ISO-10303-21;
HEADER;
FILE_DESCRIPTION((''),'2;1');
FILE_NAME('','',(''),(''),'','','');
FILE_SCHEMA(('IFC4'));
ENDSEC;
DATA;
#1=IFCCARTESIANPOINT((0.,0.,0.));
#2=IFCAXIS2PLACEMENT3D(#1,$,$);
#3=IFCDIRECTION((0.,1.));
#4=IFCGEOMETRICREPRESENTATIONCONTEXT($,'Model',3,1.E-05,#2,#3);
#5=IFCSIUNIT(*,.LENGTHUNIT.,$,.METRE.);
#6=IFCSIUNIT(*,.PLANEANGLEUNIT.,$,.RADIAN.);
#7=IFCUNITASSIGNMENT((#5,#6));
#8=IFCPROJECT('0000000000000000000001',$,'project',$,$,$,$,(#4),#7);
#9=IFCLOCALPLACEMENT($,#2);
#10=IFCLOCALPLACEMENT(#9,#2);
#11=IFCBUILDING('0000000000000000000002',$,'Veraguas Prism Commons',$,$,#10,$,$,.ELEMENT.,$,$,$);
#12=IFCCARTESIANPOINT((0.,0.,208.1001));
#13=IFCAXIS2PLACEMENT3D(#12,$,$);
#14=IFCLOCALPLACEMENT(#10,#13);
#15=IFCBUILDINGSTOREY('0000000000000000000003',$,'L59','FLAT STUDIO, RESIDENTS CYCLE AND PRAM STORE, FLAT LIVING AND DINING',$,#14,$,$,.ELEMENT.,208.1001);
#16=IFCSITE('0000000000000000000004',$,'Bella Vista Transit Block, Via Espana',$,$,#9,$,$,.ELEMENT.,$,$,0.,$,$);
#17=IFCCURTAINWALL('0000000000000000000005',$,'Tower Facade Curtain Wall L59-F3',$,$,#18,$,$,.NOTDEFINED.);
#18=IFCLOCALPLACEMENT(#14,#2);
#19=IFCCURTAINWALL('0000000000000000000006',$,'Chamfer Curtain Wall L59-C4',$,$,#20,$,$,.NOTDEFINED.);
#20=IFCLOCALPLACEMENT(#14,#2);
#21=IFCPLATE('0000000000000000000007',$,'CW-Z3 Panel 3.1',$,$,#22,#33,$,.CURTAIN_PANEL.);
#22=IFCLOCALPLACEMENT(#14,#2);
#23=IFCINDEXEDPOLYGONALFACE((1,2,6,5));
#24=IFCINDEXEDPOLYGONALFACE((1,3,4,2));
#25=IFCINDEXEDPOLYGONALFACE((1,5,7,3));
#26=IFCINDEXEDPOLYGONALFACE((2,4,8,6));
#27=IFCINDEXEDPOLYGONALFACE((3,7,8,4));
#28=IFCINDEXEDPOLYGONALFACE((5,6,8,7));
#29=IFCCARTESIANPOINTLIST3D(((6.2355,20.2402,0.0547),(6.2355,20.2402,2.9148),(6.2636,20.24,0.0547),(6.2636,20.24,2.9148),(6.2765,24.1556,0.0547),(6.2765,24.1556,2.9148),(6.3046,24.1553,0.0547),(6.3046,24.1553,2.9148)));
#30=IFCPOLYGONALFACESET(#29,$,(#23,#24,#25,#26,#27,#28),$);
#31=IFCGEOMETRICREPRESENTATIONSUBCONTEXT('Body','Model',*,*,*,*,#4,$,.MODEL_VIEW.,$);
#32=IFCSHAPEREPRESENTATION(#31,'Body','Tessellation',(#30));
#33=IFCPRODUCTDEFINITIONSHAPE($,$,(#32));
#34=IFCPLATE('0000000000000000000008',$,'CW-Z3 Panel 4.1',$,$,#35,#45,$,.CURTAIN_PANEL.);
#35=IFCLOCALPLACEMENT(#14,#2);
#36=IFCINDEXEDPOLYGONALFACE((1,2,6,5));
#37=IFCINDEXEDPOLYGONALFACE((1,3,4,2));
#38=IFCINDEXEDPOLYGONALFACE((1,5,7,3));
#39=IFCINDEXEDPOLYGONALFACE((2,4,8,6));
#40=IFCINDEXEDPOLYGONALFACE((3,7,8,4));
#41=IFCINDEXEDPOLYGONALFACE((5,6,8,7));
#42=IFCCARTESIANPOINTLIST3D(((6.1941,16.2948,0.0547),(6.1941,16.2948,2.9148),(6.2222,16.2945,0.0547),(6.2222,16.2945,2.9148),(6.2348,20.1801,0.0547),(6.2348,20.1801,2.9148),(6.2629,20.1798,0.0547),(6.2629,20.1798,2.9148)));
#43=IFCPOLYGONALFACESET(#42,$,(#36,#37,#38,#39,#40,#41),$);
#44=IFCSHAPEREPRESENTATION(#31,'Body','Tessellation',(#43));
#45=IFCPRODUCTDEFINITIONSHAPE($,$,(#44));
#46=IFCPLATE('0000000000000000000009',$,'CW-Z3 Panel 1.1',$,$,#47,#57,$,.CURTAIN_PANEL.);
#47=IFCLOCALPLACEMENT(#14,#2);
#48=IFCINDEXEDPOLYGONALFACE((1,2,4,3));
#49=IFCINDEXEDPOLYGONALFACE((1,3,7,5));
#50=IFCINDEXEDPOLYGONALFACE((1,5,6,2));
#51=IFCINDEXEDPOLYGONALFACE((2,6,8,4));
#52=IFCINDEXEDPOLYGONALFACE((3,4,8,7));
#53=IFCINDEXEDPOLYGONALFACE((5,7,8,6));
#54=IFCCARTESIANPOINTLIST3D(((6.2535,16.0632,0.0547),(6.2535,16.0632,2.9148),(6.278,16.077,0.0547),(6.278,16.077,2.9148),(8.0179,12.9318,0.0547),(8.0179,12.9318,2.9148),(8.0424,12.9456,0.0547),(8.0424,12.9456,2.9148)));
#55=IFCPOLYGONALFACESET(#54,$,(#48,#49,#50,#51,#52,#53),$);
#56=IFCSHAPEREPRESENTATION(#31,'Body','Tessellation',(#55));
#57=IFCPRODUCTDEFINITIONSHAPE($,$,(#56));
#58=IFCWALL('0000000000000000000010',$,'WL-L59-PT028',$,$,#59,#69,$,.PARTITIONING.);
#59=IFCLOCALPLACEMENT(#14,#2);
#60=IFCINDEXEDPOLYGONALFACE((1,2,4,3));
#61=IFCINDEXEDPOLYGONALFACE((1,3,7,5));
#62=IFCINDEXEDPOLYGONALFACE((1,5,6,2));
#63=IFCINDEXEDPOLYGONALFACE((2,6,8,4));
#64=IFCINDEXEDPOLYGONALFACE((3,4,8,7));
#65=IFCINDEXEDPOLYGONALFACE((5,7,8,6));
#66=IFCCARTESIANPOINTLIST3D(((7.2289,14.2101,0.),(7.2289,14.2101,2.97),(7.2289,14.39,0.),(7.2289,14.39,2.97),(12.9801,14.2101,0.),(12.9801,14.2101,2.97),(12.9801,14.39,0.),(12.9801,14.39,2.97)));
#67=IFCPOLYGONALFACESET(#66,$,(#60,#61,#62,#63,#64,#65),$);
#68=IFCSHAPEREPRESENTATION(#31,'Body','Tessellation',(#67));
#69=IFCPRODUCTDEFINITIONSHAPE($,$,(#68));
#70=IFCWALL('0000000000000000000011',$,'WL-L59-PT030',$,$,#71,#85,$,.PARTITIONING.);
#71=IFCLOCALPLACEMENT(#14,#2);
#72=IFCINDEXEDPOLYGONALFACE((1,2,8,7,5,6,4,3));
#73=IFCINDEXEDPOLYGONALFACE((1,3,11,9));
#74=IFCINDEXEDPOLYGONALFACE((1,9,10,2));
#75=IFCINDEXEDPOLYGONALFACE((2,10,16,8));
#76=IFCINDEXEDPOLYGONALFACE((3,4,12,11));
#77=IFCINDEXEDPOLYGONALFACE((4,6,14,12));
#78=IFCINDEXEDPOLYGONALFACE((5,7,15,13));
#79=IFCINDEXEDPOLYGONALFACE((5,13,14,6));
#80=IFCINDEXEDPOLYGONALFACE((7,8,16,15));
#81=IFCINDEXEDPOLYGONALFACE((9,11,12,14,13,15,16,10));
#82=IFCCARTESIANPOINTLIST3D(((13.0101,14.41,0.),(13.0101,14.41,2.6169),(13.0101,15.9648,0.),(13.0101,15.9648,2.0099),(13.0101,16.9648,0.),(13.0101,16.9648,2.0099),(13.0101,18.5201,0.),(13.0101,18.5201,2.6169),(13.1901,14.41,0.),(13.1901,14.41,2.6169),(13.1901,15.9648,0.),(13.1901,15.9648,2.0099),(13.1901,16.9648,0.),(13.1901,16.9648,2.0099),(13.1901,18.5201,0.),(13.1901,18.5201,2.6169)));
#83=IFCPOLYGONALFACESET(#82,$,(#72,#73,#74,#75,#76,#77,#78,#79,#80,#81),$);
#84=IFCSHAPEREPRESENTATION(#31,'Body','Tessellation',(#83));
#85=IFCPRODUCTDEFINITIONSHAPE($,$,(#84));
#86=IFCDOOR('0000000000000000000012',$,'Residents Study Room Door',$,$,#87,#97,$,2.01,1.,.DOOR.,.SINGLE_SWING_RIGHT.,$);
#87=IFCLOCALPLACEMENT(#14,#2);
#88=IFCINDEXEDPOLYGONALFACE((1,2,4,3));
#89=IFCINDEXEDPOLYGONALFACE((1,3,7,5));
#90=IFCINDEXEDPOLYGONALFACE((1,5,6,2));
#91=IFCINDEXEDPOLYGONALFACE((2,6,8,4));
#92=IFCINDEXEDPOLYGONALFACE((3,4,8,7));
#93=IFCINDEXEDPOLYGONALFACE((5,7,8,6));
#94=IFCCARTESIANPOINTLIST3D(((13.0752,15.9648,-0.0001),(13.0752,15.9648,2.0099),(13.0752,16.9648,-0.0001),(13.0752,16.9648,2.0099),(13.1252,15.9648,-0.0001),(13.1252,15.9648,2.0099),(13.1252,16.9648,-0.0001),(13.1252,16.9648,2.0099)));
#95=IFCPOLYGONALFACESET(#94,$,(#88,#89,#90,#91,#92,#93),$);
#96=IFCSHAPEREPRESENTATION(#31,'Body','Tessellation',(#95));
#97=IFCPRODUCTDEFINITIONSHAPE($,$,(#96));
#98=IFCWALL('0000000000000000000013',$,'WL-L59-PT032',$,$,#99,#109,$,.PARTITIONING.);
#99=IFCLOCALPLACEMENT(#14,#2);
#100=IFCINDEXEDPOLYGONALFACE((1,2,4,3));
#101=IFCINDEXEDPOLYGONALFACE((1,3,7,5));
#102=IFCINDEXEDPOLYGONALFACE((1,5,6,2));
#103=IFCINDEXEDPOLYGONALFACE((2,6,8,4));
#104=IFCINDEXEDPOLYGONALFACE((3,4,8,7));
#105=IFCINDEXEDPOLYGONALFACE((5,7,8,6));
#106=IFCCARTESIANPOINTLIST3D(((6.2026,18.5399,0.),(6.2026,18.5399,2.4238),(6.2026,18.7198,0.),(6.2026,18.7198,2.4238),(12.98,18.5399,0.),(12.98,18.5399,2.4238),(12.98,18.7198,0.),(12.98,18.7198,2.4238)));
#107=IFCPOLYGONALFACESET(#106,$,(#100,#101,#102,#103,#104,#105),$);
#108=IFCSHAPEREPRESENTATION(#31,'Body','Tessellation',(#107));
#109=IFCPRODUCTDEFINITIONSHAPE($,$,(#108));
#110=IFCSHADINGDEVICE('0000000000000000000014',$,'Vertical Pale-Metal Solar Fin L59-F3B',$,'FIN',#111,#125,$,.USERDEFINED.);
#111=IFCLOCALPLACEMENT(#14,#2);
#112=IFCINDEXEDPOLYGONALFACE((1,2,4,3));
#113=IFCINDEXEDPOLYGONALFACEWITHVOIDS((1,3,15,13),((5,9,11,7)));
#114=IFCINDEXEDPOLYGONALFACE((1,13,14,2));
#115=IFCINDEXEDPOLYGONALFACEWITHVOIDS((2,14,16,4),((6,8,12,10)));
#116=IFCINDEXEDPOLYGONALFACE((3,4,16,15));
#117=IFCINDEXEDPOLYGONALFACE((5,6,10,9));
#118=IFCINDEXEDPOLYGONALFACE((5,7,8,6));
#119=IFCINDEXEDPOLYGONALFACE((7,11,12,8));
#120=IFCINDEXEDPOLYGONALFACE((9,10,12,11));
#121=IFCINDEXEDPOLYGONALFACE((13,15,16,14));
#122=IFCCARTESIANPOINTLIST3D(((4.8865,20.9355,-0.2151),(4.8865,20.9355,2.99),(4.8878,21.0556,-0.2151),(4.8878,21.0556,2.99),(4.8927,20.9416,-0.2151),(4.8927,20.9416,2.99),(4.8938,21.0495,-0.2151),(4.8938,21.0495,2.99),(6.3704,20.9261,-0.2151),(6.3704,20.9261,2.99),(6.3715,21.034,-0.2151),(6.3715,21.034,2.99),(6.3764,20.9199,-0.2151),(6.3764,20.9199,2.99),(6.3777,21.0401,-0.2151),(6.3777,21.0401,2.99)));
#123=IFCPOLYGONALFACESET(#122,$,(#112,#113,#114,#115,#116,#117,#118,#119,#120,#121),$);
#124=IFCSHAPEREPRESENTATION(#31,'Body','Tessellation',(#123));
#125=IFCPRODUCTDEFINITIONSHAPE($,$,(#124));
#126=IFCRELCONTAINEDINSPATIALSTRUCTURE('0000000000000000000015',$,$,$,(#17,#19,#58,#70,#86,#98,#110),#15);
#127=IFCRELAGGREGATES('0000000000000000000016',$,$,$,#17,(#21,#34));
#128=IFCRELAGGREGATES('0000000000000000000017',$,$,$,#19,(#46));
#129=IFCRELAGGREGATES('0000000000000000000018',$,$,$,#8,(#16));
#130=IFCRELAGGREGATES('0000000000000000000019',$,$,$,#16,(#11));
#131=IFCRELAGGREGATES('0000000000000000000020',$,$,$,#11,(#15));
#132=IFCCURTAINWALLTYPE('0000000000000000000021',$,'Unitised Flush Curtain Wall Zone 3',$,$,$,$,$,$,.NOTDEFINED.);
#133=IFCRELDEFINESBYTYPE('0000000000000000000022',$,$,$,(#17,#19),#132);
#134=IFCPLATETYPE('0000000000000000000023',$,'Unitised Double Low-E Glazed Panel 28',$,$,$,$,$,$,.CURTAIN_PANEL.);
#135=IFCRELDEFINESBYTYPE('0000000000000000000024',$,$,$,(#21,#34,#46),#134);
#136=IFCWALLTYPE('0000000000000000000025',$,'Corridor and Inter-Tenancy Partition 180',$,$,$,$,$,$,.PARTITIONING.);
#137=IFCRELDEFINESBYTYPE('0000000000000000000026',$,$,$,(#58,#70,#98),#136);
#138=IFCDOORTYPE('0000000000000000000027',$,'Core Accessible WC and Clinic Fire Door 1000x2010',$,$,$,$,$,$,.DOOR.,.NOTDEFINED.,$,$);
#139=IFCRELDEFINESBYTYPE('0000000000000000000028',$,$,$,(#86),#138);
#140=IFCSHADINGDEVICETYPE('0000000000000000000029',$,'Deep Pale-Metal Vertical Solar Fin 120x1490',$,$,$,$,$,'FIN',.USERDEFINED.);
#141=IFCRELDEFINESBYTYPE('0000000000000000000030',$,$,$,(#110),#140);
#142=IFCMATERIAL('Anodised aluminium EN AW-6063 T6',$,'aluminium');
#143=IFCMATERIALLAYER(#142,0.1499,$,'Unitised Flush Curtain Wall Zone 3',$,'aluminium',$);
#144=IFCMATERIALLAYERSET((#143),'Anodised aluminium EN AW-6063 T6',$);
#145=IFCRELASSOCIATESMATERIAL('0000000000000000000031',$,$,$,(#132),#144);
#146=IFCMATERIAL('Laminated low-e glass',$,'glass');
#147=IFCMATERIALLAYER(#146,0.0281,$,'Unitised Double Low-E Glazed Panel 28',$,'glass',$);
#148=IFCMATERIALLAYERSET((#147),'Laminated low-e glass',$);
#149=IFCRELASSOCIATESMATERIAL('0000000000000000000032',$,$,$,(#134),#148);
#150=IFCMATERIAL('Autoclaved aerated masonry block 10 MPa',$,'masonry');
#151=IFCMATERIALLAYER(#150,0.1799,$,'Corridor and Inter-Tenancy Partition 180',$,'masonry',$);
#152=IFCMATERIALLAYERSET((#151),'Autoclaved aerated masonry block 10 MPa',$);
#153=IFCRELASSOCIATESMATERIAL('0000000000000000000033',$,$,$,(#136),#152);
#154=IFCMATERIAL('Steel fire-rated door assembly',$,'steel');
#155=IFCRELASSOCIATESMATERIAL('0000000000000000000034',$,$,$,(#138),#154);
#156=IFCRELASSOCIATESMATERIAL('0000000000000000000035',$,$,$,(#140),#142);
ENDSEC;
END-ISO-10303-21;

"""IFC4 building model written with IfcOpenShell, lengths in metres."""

from ifc_helpers import new_model, si_unit, direction, frame, frame_2d, origin, origin_2d, place, context, subcontext, project, spatial, rectangle, hollow_rectangle, extrude, source, transform, mapped, material, layer, layer_set, material_profile, profile_set, type_object, element, fill, aggregate, save


model = new_model("IFC4")

# Units and contexts
model_context = context("Model", 3, precision=1e-05, world=origin(), true_north=direction((0.0, 1.0)))
body_context = subcontext(model_context, "Body", "Model", "MODEL_VIEW")
ifc_project = project(units=[si_unit("LENGTHUNIT", "METRE"), si_unit("PLANEANGLEUNIT", "RADIAN")], contexts=[model_context])

# Site, building, storey
site_placement = place(None, origin())
site = spatial("IfcSite", under=ifc_project, at=site_placement, Name="Bella Vista Transit Block, Via Espana", CompositionType="ELEMENT", RefElevation=0.0)
building_placement = place(site_placement, origin())
building = spatial("IfcBuilding", under=site, at=building_placement, Name="Veraguas Prism Commons", CompositionType="ELEMENT")
storey_placement = place(building_placement, frame((0.0, 0.0, 208.1001)))
storey = spatial("IfcBuildingStorey", under=building, at=storey_placement, Name="L59", Description="FLAT STUDIO, RESIDENTS CYCLE AND PRAM STORE, FLAT LIVING AND DINING", CompositionType="ELEMENT", Elevation=208.1001)

# Curtain walls
ifc_material_1 = material(Name="Anodised aluminium EN AW-6063 T6", Category="aluminium")
ifc_layer_1 = layer(ifc_material_1, 0.1499, Name="Unitised Flush Curtain Wall Zone 3", Category="aluminium")
ifc_layer_set_1 = layer_set([ifc_layer_1], Name="Anodised aluminium EN AW-6063 T6")
curtain_wall_type = type_object("IfcCurtainWallType", Name="Unitised Flush Curtain Wall Zone 3", PredefinedType="NOTDEFINED", material=ifc_layer_set_1)
curtain_wall_1_placement = place(storey_placement, origin())
curtain_wall_1 = element("IfcCurtainWall", 1, at=curtain_wall_1_placement, inside=storey, type_object=curtain_wall_type, Name="Tower Facade Curtain Wall L59-F3", PredefinedType="NOTDEFINED")
curtain_wall_2_placement = place(storey_placement, origin())
curtain_wall_2 = element("IfcCurtainWall", 2, at=curtain_wall_2_placement, inside=storey, type_object=curtain_wall_type, Name="Chamfer Curtain Wall L59-C4", PredefinedType="NOTDEFINED")

# Plates
ifc_material_2 = material(Name="Laminated low-e glass", Category="glass")
ifc_layer_2 = layer(ifc_material_2, 0.0281, Name="Unitised Double Low-E Glazed Panel 28", Category="glass")
ifc_layer_set_2 = layer_set([ifc_layer_2], Name="Laminated low-e glass")
plate_type = type_object("IfcPlateType", Name="Unitised Double Low-E Glazed Panel 28", PredefinedType="CURTAIN_PANEL", material=ifc_layer_set_2)
shared_shape_1 = source(origin(), body_context, "Body", "SweptSolid", [
    extrude(rectangle(XDim=3.9155, YDim=0.0281, at=origin_2d()), origin(), (0.0, 0.0, 1.0), 2.8601),
])
plate_1_placement = place(storey_placement, frame((6.27, 22.1978, 0.0547), z_axis=(0.0, 0.0, 1.0), x_axis=(-0.01047, -0.999945, 0.0)))
plate_1 = element("IfcPlate", 3, at=plate_1_placement, type_object=plate_type, Name="CW-Z3 Panel 3.1", PredefinedType="CURTAIN_PANEL", context=body_context, shape_type="MappedRepresentation", body=[
    mapped(shared_shape_1, transform((0.0, 0.0, 0.0), scale=1.0)),
])
shared_shape_2 = source(origin(), body_context, "Body", "SweptSolid", [
    extrude(rectangle(XDim=3.8855, YDim=0.0281, at=origin_2d()), origin(), (0.0, 0.0, 1.0), 2.8601),
])
plate_2_placement = place(storey_placement, frame((6.2285, 18.2373, 0.0547), z_axis=(0.0, 0.0, 1.0), x_axis=(-0.01047, -0.999945, 0.0)))
plate_2 = element("IfcPlate", 4, at=plate_2_placement, type_object=plate_type, Name="CW-Z3 Panel 4.1", PredefinedType="CURTAIN_PANEL", context=body_context, shape_type="MappedRepresentation", body=[
    mapped(shared_shape_2, transform((0.0, 0.0, 0.0), scale=1.0)),
])
aggregate(curtain_wall_1, [plate_1, plate_2])
shared_shape_3 = source(origin(), body_context, "Body", "SweptSolid", [
    extrude(rectangle(XDim=3.5942, YDim=0.0281, at=origin_2d()), origin(), (0.0, 0.0, 1.0), 2.8601),
])
plate_3_placement = place(storey_placement, frame((7.1479, 14.5044, 0.0547), z_axis=(0.0, 0.0, 1.0), x_axis=(0.490886, -0.871224, 0.0)))
plate_3 = element("IfcPlate", 5, at=plate_3_placement, type_object=plate_type, Name="CW-Z3 Panel 1.1", PredefinedType="CURTAIN_PANEL", context=body_context, shape_type="MappedRepresentation", body=[
    mapped(shared_shape_3, transform((0.0, 0.0, 0.0), scale=1.0)),
])
aggregate(curtain_wall_2, [plate_3])

# Wall
ifc_material_3 = material(Name="Autoclaved aerated masonry block 10 MPa", Category="masonry")
ifc_layer_3 = layer(ifc_material_3, 0.1799, Name="Corridor and Inter-Tenancy Partition 180", Category="masonry")
ifc_layer_set_3 = layer_set([ifc_layer_3], Name="Autoclaved aerated masonry block 10 MPa")
wall_type = type_object("IfcWallType", Name="Corridor and Inter-Tenancy Partition 180", PredefinedType="PARTITIONING", material=ifc_layer_set_3)
wall_1_placement = place(storey_placement, frame((12.98, 14.3, 0.0), z_axis=(0.0, 0.0, 1.0), x_axis=(-1.0, 0.0, 0.0)))
element("IfcWall", 6, at=wall_1_placement, inside=storey, type_object=wall_type, Name="WL-L59-PT028", PredefinedType="PARTITIONING", context=body_context, shape_type="SweptSolid", body=[
    extrude(rectangle(XDim=5.7512, YDim=0.1799, at=frame_2d((2.8755, 0.0))), origin(), (0.0, 0.0, 1.0), 2.97),
])

# Wall, opening, door
wall_2_placement = place(storey_placement, frame((13.1001, 14.4099, 0.0), z_axis=(0.0, 0.0, 1.0), x_axis=(0.0, 1.0, 0.0)))
wall_2 = element("IfcWall", 7, at=wall_2_placement, inside=storey, type_object=wall_type, Name="WL-L59-PT030", PredefinedType="PARTITIONING", context=body_context, shape_type="SweptSolid", body=[
    extrude(rectangle(XDim=4.1101, YDim=0.1799, at=frame_2d((2.0552, 0.0))), origin(), (0.0, 0.0, 1.0), 2.6169),
])
opening_placement = place(wall_2_placement, frame((1.5549, 0.0, 0.0)))
opening = element("IfcOpeningElement", 8, at=opening_placement, cuts=wall_2, PredefinedType="OPENING", context=body_context, shape_type="SweptSolid", body=[
    extrude(rectangle(XDim=1.0, YDim=2.01, at=frame_2d((0.5, 1.0049))), frame((0.0, 0.0999, 0.0), z_axis=(0.0, -1.0, 0.0), x_axis=(1.0, 0.0, 0.0)), (0.0, 0.0, 1.0), 0.2),
])
ifc_material_4 = material(Name="Steel fire-rated door assembly", Category="steel")
door_type = type_object("IfcDoorType", Name="Core Accessible WC and Clinic Fire Door 1000x2010", OperationType="NOTDEFINED", PredefinedType="DOOR", material=ifc_material_4)
shared_shape_4 = source(origin(), body_context, "Body", "SweptSolid", [
    extrude(rectangle(XDim=1.0, YDim=2.01, at=frame_2d((0.5, 1.0049))), frame((0.0, 0.0249, 0.0), z_axis=(0.0, -1.0, 0.0), x_axis=(1.0, 0.0, 0.0)), (0.0, 0.0, 1.0), 0.05),
])
door_placement = place(opening_placement, origin())
door = element("IfcDoor", 9, at=door_placement, inside=storey, type_object=door_type, Name="Residents Study Room Door", OperationType="SINGLE_SWING_RIGHT", OverallHeight=2.01, OverallWidth=1.0, PredefinedType="DOOR", context=body_context, shape_type="MappedRepresentation", body=[
    mapped(shared_shape_4, transform((0.0, 0.0, 0.0), scale=1.0)),
])
fill(opening, door)

# Wall
wall_3_placement = place(storey_placement, frame((12.98, 18.6299, 0.0), z_axis=(0.0, 0.0, 1.0), x_axis=(-1.0, 0.0, 0.0)))
element("IfcWall", 10, at=wall_3_placement, inside=storey, type_object=wall_type, Name="WL-L59-PT032", PredefinedType="PARTITIONING", context=body_context, shape_type="SweptSolid", body=[
    extrude(rectangle(XDim=6.7773, YDim=0.1799, at=frame_2d((3.3887, 0.0))), origin(), (0.0, 0.0, 1.0), 2.4238),
])

# Shading device
ifc_material_profile_1 = material_profile(ifc_material_1, hollow_rectangle(XDim=0.1201, YDim=1.49, WallThickness=0.0061, at=origin_2d()), Name="FIN120X1490X6")
ifc_profile_set_1 = profile_set([ifc_material_profile_1], Name="Anodised aluminium EN AW-6063 T6")
shading_device_type = type_object("IfcShadingDeviceType", Name="Deep Pale-Metal Vertical Solar Fin 120x1490", ElementType="FIN", PredefinedType="USERDEFINED", material=ifc_profile_set_1)
shading_device_placement = place(storey_placement, frame((5.6321, 20.9878, -0.2151), z_axis=(0.0, 0.0, 1.0), x_axis=(-0.010467, -0.999945, 0.0)))
element("IfcShadingDevice", 11, at=shading_device_placement, inside=storey, type_object=shading_device_type, Name="Vertical Pale-Metal Solar Fin L59-F3B", ObjectType="FIN", PredefinedType="USERDEFINED", context=body_context, shape_type="SweptSolid", body=[
    extrude(hollow_rectangle(XDim=0.1201, YDim=1.49, WallThickness=0.0061, at=origin_2d()), origin(), (0.0, 0.0, 1.0), 3.2051),
])

save(model, "model.ifc")
